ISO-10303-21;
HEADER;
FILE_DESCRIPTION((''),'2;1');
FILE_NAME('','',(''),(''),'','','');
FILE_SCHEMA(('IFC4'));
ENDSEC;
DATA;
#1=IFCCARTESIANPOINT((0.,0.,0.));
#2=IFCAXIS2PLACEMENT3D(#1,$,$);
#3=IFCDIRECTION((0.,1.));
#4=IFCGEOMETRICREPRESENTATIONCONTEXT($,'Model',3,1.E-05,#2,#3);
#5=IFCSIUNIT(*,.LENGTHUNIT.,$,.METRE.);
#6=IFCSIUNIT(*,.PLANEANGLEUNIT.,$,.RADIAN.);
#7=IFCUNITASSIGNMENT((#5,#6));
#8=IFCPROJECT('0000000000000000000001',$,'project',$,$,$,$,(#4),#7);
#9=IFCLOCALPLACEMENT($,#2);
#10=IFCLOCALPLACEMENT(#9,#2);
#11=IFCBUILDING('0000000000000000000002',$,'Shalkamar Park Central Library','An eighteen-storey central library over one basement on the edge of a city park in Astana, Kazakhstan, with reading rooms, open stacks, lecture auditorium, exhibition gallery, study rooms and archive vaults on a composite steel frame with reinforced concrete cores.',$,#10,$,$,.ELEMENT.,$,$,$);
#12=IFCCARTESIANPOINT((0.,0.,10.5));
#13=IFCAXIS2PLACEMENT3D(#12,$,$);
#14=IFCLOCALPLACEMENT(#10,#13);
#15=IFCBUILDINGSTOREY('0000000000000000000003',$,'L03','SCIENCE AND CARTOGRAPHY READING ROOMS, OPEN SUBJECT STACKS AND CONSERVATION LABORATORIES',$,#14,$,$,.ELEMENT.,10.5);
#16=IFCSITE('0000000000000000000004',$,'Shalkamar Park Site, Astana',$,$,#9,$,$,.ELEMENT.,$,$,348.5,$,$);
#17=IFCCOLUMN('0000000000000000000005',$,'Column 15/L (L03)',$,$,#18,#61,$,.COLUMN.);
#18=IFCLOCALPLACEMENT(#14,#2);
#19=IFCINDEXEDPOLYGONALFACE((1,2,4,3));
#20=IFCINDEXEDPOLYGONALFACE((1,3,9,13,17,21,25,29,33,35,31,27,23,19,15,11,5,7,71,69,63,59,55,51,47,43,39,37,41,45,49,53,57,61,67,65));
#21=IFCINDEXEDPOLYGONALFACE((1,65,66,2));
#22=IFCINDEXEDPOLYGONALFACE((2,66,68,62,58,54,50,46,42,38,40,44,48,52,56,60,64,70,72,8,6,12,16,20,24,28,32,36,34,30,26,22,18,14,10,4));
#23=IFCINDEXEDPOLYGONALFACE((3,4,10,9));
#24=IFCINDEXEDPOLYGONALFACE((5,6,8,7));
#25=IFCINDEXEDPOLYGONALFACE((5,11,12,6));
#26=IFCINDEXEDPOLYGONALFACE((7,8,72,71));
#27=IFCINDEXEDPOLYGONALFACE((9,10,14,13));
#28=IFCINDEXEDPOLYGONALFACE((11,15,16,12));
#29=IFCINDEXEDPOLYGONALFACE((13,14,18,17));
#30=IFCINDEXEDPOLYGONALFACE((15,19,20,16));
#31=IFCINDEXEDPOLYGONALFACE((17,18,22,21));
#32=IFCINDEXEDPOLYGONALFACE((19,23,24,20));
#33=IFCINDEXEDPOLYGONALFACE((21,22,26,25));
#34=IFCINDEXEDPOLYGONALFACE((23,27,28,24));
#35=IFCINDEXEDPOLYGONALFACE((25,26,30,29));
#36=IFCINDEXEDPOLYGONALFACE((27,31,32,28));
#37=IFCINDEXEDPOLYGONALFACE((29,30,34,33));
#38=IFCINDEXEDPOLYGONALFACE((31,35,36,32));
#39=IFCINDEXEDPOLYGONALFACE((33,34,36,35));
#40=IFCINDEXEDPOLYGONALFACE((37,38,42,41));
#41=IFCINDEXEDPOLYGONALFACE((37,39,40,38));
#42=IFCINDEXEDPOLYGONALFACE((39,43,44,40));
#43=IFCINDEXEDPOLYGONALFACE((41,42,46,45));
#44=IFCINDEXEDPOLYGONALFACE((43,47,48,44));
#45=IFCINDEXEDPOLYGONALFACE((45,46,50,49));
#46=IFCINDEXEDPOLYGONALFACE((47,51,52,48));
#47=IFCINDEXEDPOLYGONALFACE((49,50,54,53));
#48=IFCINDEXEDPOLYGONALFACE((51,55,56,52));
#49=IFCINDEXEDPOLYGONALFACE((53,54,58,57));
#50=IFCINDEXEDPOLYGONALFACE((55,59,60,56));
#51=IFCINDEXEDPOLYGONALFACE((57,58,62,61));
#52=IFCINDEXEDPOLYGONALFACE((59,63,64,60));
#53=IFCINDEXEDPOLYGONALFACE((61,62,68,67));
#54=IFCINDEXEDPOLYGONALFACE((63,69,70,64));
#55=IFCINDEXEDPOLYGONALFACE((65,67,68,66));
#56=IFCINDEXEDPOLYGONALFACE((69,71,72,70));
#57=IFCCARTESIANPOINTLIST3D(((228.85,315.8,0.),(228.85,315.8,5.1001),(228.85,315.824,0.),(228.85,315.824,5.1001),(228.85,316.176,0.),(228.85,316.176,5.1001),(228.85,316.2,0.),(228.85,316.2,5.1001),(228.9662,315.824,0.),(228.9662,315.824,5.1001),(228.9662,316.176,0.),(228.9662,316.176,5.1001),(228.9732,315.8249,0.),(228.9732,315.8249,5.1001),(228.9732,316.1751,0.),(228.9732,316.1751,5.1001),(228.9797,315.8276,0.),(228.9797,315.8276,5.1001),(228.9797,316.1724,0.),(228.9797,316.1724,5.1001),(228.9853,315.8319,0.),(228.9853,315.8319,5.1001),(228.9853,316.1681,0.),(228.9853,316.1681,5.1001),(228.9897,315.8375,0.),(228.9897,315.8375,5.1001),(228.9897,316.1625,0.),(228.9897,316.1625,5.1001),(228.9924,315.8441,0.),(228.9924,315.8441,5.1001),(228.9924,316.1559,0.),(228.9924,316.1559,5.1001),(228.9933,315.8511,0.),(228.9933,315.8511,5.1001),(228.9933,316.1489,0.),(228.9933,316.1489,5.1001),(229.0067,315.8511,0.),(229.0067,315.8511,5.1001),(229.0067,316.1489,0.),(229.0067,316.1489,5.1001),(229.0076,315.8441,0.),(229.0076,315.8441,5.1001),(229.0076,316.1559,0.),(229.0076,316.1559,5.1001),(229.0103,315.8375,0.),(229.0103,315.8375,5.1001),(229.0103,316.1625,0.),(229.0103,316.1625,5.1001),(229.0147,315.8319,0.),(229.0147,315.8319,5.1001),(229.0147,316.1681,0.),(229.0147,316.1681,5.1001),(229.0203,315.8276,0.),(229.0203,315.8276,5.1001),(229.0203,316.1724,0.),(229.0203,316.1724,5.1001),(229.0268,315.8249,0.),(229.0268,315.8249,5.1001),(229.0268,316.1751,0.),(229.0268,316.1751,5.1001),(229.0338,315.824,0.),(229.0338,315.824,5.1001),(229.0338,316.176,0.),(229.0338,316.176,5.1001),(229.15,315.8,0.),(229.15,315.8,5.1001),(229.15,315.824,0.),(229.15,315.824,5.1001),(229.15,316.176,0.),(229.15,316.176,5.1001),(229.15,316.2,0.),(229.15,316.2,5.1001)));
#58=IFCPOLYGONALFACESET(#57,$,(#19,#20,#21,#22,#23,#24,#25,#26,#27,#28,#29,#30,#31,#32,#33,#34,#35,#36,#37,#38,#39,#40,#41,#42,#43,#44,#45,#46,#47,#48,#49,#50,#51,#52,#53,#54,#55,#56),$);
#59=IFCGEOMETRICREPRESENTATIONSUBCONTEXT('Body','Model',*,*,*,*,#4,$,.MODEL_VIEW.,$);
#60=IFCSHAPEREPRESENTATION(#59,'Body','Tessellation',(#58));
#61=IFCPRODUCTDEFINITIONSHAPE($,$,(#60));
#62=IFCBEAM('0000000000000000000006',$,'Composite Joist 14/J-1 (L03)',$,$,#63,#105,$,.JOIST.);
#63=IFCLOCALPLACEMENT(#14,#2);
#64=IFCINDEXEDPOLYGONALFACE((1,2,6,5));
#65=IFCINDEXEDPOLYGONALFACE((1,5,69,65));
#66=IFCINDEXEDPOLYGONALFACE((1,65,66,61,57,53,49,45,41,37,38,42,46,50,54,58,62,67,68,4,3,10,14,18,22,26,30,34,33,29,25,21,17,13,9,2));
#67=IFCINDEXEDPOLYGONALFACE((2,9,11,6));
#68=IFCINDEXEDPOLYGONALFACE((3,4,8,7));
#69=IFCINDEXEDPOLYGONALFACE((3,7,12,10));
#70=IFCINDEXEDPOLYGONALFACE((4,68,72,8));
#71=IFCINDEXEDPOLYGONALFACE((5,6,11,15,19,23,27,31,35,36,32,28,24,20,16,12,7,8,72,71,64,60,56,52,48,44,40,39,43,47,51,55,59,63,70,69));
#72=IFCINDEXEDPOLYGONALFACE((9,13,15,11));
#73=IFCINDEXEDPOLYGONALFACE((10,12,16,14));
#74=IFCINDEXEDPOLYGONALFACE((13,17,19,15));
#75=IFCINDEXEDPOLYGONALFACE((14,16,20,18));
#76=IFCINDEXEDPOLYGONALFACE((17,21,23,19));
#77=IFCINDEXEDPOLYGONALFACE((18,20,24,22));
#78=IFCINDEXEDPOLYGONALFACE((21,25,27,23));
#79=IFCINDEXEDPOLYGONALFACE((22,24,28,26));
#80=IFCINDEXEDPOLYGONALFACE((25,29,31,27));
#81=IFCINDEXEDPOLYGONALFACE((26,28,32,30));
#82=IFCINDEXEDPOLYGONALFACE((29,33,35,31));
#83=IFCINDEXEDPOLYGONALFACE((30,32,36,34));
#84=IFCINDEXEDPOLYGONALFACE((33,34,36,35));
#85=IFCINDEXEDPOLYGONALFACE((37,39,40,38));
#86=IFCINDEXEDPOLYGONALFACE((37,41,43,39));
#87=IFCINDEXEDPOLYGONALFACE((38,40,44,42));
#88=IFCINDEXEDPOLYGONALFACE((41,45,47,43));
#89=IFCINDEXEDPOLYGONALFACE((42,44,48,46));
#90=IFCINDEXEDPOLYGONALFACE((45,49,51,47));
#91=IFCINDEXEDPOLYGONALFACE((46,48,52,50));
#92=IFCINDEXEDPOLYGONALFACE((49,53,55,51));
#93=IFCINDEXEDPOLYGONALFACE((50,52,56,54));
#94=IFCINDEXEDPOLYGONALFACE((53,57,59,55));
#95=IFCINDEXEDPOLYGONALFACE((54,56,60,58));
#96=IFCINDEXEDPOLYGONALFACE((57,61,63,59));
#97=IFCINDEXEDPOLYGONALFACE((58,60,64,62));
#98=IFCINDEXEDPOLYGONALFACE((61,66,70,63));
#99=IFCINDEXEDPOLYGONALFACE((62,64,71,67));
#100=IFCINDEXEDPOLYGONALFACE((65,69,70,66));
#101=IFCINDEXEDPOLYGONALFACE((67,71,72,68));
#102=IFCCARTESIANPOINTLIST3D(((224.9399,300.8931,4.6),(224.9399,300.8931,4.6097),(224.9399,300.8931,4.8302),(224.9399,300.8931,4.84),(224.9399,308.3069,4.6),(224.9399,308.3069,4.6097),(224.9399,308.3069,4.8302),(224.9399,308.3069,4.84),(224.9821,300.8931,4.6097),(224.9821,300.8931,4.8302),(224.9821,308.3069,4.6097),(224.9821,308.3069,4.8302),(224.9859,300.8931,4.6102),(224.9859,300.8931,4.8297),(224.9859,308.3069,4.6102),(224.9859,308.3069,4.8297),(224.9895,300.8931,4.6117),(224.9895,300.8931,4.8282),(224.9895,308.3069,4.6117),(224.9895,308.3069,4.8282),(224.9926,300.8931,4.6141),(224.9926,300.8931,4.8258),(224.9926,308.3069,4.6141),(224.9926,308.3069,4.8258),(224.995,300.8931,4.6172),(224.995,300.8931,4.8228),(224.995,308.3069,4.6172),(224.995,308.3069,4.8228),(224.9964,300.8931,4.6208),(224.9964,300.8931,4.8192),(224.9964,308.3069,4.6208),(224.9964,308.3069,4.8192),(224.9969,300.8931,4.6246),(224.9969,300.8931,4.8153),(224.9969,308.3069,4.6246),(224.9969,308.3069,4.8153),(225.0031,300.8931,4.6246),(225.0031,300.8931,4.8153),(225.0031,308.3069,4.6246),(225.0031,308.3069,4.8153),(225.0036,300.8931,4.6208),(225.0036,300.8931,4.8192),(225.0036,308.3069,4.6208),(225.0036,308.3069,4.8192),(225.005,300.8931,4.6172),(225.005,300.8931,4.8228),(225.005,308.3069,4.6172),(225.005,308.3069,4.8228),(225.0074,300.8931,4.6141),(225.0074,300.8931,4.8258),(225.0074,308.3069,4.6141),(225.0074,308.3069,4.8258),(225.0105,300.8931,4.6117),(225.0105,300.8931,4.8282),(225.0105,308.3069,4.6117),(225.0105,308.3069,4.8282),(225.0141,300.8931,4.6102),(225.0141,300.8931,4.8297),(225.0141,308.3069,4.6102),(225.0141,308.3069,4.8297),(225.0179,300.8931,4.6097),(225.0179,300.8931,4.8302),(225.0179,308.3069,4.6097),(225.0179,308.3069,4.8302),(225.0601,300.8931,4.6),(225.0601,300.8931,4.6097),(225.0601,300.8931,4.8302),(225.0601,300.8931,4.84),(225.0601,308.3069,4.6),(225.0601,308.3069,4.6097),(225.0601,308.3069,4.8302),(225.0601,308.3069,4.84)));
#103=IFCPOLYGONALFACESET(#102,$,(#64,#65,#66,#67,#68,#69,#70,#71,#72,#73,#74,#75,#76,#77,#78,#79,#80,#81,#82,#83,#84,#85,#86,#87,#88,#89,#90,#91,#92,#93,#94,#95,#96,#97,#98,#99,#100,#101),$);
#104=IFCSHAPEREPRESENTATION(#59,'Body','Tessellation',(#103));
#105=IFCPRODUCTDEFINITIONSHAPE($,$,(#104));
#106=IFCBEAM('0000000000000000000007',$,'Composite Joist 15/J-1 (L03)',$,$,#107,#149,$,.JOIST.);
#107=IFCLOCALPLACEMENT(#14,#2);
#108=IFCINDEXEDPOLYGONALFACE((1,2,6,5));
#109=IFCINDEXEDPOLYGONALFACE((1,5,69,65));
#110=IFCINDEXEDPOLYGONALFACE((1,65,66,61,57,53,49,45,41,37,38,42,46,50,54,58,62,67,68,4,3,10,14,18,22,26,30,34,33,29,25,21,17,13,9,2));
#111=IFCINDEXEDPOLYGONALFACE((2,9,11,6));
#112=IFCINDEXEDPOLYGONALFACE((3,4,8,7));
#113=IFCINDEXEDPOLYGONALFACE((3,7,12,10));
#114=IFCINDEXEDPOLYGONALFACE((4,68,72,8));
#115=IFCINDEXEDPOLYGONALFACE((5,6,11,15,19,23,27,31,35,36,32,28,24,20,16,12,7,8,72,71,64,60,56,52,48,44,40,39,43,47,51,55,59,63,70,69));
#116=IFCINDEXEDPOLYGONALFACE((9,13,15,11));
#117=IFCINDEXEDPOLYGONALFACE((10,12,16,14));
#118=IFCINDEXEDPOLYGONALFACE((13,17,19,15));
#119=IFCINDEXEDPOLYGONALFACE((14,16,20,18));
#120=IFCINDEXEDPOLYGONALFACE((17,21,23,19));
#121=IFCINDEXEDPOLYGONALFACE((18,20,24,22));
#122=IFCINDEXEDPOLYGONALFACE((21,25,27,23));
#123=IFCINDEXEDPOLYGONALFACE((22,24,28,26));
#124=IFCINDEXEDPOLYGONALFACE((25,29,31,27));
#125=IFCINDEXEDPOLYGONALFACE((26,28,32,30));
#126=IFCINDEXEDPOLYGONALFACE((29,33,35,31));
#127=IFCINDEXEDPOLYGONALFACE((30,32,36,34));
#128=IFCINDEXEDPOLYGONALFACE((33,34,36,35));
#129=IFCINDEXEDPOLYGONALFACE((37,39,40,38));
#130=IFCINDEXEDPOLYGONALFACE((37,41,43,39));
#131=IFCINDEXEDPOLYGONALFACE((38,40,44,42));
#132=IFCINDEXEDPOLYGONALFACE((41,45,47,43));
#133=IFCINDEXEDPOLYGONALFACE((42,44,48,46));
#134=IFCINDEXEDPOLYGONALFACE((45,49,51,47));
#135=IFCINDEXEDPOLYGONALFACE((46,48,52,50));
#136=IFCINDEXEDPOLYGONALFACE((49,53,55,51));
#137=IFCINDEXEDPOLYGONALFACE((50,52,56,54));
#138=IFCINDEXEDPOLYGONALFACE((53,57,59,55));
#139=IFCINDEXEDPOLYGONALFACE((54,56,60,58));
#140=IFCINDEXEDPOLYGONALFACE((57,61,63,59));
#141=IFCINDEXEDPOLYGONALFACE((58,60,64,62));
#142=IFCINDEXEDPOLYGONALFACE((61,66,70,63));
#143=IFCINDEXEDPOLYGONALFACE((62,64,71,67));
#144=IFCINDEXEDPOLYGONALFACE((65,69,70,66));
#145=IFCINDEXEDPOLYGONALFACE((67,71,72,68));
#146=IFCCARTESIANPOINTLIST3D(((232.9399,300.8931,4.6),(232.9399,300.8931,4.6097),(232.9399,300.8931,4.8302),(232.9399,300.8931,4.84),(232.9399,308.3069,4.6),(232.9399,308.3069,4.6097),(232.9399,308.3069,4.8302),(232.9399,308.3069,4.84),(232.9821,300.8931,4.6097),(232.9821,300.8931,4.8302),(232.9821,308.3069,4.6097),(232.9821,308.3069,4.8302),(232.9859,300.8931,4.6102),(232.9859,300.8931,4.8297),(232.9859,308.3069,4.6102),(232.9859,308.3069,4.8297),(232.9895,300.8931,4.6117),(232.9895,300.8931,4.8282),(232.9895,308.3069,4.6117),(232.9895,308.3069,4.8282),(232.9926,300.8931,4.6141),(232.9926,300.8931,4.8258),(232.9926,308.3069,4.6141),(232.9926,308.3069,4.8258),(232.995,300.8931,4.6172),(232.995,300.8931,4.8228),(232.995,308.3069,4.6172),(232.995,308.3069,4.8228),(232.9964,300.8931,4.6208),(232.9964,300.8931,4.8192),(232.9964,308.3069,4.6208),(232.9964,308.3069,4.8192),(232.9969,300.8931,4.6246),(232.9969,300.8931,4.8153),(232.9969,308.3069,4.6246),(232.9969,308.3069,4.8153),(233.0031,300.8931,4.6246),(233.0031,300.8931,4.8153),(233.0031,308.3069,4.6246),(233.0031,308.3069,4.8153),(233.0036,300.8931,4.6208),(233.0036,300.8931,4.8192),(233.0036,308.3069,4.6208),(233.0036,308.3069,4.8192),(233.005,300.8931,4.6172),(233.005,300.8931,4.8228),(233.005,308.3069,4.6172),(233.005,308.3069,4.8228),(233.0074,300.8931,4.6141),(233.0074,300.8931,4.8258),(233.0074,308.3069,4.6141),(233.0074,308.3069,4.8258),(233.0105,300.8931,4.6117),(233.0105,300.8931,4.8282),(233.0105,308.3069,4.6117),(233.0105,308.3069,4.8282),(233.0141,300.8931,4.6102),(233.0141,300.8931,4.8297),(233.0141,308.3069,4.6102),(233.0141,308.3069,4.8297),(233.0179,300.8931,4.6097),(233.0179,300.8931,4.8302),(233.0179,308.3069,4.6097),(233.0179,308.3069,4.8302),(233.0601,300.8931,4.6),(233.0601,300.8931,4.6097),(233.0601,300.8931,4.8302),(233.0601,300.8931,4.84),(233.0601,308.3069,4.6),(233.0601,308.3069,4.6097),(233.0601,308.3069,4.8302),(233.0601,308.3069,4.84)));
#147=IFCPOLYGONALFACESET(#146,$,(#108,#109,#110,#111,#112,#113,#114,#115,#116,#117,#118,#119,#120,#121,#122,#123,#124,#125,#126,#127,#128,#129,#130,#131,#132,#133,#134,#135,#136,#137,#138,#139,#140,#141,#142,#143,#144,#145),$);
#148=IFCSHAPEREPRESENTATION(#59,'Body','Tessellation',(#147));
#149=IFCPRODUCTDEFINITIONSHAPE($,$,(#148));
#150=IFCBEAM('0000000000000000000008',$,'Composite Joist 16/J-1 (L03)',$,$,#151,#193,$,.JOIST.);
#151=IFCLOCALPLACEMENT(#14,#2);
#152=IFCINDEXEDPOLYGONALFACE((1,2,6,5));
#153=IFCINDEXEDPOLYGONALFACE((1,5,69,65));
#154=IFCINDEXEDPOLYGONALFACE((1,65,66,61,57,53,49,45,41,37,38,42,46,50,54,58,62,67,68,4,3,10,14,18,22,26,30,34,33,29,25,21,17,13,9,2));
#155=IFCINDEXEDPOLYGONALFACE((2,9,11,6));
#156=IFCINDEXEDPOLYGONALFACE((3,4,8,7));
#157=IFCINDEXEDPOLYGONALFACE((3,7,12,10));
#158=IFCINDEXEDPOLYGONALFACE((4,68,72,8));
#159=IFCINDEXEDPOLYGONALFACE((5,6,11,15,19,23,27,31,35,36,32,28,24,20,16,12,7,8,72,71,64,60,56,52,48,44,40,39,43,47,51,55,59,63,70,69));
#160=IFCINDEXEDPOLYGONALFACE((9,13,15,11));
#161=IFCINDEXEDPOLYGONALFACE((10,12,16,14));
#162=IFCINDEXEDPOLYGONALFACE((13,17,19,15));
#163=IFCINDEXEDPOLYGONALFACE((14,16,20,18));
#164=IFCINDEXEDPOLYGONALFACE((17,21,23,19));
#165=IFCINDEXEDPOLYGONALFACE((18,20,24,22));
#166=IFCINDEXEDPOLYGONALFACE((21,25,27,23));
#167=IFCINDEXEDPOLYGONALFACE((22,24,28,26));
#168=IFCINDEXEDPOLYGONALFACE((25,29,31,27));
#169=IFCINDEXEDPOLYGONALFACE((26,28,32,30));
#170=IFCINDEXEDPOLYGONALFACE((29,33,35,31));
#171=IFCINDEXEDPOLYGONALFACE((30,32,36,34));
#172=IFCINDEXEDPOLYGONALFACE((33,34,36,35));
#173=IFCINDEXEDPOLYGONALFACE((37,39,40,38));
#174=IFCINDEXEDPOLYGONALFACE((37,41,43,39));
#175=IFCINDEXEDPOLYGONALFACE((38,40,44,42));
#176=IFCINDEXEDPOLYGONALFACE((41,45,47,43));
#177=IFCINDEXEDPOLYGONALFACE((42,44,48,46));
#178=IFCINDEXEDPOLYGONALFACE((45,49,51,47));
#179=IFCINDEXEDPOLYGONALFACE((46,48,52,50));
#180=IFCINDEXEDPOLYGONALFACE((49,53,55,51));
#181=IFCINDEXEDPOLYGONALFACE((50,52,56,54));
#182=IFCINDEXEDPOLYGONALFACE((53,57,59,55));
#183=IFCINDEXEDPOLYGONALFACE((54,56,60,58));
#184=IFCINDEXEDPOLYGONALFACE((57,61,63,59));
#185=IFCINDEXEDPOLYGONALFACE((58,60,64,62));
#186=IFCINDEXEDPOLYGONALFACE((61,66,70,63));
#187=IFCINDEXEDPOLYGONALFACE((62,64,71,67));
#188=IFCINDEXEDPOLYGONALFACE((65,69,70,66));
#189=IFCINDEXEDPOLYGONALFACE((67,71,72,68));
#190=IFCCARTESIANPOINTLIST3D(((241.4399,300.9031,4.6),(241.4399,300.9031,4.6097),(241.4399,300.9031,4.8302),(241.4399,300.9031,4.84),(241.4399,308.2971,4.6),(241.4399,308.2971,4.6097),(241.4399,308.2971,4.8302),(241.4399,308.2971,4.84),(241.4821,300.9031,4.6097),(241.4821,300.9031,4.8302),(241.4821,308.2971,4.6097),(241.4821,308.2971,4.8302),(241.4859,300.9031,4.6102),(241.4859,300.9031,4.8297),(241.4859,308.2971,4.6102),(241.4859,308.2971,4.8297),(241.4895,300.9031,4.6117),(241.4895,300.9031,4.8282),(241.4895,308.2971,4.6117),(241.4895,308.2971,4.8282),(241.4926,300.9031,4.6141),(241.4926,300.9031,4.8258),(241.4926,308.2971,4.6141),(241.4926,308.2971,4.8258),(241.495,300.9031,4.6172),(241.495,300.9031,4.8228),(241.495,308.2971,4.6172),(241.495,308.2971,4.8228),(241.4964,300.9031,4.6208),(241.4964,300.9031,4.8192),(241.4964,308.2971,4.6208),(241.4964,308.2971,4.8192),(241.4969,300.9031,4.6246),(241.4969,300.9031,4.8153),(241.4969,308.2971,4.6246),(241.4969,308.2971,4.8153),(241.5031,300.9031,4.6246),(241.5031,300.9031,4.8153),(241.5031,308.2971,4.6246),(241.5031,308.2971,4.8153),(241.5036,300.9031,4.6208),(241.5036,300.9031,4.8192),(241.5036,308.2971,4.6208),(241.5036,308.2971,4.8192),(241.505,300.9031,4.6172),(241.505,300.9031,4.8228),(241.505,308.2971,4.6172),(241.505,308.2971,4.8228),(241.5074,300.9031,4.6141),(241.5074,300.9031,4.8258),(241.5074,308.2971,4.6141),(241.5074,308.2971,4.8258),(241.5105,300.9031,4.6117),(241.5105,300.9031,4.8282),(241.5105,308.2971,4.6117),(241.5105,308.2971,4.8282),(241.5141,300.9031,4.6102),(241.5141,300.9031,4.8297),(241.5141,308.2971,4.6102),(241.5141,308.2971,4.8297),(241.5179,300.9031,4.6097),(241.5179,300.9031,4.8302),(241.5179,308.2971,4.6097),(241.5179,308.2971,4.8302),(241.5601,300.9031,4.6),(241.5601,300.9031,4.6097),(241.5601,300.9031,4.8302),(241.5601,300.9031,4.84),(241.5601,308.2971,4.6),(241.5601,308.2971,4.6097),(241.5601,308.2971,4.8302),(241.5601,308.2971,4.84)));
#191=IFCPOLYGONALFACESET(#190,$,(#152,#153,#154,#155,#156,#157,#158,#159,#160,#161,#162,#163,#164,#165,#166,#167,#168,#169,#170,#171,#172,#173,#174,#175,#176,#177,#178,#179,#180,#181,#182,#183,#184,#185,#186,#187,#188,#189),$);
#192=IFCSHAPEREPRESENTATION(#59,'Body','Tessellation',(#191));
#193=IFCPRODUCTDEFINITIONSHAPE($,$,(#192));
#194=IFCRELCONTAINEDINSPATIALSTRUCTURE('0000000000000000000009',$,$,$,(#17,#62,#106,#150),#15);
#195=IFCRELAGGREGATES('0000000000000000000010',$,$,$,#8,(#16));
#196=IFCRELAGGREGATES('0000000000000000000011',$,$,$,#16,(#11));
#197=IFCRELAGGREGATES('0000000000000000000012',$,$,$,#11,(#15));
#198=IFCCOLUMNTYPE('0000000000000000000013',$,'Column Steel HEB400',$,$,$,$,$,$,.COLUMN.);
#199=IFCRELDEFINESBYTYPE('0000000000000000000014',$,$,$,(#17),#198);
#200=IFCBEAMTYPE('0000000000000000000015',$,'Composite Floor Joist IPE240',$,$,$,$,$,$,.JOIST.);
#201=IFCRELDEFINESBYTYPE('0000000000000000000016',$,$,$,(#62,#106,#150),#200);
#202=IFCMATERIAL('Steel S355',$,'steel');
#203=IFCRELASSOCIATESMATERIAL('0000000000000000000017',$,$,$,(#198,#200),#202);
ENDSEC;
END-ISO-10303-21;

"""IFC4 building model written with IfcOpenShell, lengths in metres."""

from ifc_helpers import new_model, si_unit, direction, frame, origin, origin_2d, place, context, subcontext, project, spatial, i_section, extrude, material, material_profile, profile_set, type_object, element, save


model = new_model("IFC4")

# Units and contexts
model_context = context("Model", 3, precision=1e-05, world=origin(), true_north=direction((0.0, 1.0)))
body_context = subcontext(model_context, "Body", "Model", "MODEL_VIEW")
ifc_project = project(units=[si_unit("LENGTHUNIT", "METRE"), si_unit("PLANEANGLEUNIT", "RADIAN")], contexts=[model_context])

# Site, building, storey
site_placement = place(None, origin())
site = spatial("IfcSite", under=ifc_project, at=site_placement, Name="Shalkamar Park Site, Astana", CompositionType="ELEMENT", RefElevation=348.5)
building_placement = place(site_placement, origin())
building = spatial("IfcBuilding", under=site, at=building_placement, Name="Shalkamar Park Central Library", Description="An eighteen-storey central library over one basement on the edge of a city park in Astana, Kazakhstan, with reading rooms, open stacks, lecture auditorium, exhibition gallery, study rooms and archive vaults on a composite steel frame with reinforced concrete cores.", CompositionType="ELEMENT")
storey_placement = place(building_placement, frame((0.0, 0.0, 10.5)))
storey = spatial("IfcBuildingStorey", under=building, at=storey_placement, Name="L03", Description="SCIENCE AND CARTOGRAPHY READING ROOMS, OPEN SUBJECT STACKS AND CONSERVATION LABORATORIES", CompositionType="ELEMENT", Elevation=10.5)

# Column
ifc_material = material(Name="Steel S355", Category="steel")
ifc_material_profile_1 = material_profile(ifc_material, i_section(OverallWidth=0.3, OverallDepth=0.3999, WebThickness=0.0134, FlangeThickness=0.0239, FilletRadius=0.0271, at=origin_2d()), Name="HEB 400")
ifc_profile_set_1 = profile_set([ifc_material_profile_1], Name="Steel S355")
column_type_1 = type_object("IfcColumnType", Name="Column Steel HEB400", PredefinedType="COLUMN", material=ifc_profile_set_1)
for number, where, z_axis, x_axis, name in (
    (1, (229.0, 316.0, 0.0), (0.0, 0.0, 1.0), (1.0, 0.0, 0.0), "Column 15/L (L03)"),
):
    element("IfcColumn", number, at=place(storey_placement, frame(where, z_axis=z_axis, x_axis=x_axis)), inside=storey, type_object=column_type_1, Name=name, PredefinedType="COLUMN", context=body_context, shape_type="SweptSolid", body=[
        extrude(i_section(OverallWidth=0.3, OverallDepth=0.3999, WebThickness=0.0134, FlangeThickness=0.0239, FilletRadius=0.0271, at=origin_2d()), origin(), (0.0, 0.0, 1.0), 5.1001),
    ])

# Beams
ifc_material_profile_2 = material_profile(ifc_material, i_section(OverallWidth=0.1201, OverallDepth=0.24, WebThickness=0.0061, FlangeThickness=0.0098, FilletRadius=0.0149, at=origin_2d()), Name="IPE 240")
ifc_profile_set_2 = profile_set([ifc_material_profile_2], Name="Steel S355")
beam_type_1 = type_object("IfcBeamType", Name="Composite Floor Joist IPE240", PredefinedType="JOIST", material=ifc_profile_set_2)
for number, where, z_axis, x_axis, name in (
    (2, (225.0, 300.8931, 4.72), (0.0, 1.0, 0.0), (-1.0, 0.0, 0.0), "Composite Joist 14/J-1 (L03)"),
    (3, (233.0, 300.8931, 4.72), (0.0, 1.0, 0.0), (-1.0, 0.0, 0.0), "Composite Joist 15/J-1 (L03)"),
):
    element("IfcBeam", number, at=place(storey_placement, frame(where, z_axis=z_axis, x_axis=x_axis)), inside=storey, type_object=beam_type_1, Name=name, PredefinedType="JOIST", context=body_context, shape_type="SweptSolid", body=[
        extrude(i_section(OverallWidth=0.1201, OverallDepth=0.24, WebThickness=0.0061, FlangeThickness=0.0098, FilletRadius=0.0149, at=origin_2d()), origin(), (0.0, 0.0, 1.0), 7.4138),
    ])
beam_1_placement = place(storey_placement, frame((241.5, 300.9031, 4.72), z_axis=(0.0, 1.0, 0.0), x_axis=(-1.0, 0.0, 0.0)))
element("IfcBeam", 4, at=beam_1_placement, inside=storey, type_object=beam_type_1, Name="Composite Joist 16/J-1 (L03)", PredefinedType="JOIST", context=body_context, shape_type="SweptSolid", body=[
    extrude(i_section(OverallWidth=0.1201, OverallDepth=0.24, WebThickness=0.0061, FlangeThickness=0.0098, FilletRadius=0.0149, at=origin_2d()), origin(), (0.0, 0.0, 1.0), 7.394),
])

save(model, "model.ifc")
